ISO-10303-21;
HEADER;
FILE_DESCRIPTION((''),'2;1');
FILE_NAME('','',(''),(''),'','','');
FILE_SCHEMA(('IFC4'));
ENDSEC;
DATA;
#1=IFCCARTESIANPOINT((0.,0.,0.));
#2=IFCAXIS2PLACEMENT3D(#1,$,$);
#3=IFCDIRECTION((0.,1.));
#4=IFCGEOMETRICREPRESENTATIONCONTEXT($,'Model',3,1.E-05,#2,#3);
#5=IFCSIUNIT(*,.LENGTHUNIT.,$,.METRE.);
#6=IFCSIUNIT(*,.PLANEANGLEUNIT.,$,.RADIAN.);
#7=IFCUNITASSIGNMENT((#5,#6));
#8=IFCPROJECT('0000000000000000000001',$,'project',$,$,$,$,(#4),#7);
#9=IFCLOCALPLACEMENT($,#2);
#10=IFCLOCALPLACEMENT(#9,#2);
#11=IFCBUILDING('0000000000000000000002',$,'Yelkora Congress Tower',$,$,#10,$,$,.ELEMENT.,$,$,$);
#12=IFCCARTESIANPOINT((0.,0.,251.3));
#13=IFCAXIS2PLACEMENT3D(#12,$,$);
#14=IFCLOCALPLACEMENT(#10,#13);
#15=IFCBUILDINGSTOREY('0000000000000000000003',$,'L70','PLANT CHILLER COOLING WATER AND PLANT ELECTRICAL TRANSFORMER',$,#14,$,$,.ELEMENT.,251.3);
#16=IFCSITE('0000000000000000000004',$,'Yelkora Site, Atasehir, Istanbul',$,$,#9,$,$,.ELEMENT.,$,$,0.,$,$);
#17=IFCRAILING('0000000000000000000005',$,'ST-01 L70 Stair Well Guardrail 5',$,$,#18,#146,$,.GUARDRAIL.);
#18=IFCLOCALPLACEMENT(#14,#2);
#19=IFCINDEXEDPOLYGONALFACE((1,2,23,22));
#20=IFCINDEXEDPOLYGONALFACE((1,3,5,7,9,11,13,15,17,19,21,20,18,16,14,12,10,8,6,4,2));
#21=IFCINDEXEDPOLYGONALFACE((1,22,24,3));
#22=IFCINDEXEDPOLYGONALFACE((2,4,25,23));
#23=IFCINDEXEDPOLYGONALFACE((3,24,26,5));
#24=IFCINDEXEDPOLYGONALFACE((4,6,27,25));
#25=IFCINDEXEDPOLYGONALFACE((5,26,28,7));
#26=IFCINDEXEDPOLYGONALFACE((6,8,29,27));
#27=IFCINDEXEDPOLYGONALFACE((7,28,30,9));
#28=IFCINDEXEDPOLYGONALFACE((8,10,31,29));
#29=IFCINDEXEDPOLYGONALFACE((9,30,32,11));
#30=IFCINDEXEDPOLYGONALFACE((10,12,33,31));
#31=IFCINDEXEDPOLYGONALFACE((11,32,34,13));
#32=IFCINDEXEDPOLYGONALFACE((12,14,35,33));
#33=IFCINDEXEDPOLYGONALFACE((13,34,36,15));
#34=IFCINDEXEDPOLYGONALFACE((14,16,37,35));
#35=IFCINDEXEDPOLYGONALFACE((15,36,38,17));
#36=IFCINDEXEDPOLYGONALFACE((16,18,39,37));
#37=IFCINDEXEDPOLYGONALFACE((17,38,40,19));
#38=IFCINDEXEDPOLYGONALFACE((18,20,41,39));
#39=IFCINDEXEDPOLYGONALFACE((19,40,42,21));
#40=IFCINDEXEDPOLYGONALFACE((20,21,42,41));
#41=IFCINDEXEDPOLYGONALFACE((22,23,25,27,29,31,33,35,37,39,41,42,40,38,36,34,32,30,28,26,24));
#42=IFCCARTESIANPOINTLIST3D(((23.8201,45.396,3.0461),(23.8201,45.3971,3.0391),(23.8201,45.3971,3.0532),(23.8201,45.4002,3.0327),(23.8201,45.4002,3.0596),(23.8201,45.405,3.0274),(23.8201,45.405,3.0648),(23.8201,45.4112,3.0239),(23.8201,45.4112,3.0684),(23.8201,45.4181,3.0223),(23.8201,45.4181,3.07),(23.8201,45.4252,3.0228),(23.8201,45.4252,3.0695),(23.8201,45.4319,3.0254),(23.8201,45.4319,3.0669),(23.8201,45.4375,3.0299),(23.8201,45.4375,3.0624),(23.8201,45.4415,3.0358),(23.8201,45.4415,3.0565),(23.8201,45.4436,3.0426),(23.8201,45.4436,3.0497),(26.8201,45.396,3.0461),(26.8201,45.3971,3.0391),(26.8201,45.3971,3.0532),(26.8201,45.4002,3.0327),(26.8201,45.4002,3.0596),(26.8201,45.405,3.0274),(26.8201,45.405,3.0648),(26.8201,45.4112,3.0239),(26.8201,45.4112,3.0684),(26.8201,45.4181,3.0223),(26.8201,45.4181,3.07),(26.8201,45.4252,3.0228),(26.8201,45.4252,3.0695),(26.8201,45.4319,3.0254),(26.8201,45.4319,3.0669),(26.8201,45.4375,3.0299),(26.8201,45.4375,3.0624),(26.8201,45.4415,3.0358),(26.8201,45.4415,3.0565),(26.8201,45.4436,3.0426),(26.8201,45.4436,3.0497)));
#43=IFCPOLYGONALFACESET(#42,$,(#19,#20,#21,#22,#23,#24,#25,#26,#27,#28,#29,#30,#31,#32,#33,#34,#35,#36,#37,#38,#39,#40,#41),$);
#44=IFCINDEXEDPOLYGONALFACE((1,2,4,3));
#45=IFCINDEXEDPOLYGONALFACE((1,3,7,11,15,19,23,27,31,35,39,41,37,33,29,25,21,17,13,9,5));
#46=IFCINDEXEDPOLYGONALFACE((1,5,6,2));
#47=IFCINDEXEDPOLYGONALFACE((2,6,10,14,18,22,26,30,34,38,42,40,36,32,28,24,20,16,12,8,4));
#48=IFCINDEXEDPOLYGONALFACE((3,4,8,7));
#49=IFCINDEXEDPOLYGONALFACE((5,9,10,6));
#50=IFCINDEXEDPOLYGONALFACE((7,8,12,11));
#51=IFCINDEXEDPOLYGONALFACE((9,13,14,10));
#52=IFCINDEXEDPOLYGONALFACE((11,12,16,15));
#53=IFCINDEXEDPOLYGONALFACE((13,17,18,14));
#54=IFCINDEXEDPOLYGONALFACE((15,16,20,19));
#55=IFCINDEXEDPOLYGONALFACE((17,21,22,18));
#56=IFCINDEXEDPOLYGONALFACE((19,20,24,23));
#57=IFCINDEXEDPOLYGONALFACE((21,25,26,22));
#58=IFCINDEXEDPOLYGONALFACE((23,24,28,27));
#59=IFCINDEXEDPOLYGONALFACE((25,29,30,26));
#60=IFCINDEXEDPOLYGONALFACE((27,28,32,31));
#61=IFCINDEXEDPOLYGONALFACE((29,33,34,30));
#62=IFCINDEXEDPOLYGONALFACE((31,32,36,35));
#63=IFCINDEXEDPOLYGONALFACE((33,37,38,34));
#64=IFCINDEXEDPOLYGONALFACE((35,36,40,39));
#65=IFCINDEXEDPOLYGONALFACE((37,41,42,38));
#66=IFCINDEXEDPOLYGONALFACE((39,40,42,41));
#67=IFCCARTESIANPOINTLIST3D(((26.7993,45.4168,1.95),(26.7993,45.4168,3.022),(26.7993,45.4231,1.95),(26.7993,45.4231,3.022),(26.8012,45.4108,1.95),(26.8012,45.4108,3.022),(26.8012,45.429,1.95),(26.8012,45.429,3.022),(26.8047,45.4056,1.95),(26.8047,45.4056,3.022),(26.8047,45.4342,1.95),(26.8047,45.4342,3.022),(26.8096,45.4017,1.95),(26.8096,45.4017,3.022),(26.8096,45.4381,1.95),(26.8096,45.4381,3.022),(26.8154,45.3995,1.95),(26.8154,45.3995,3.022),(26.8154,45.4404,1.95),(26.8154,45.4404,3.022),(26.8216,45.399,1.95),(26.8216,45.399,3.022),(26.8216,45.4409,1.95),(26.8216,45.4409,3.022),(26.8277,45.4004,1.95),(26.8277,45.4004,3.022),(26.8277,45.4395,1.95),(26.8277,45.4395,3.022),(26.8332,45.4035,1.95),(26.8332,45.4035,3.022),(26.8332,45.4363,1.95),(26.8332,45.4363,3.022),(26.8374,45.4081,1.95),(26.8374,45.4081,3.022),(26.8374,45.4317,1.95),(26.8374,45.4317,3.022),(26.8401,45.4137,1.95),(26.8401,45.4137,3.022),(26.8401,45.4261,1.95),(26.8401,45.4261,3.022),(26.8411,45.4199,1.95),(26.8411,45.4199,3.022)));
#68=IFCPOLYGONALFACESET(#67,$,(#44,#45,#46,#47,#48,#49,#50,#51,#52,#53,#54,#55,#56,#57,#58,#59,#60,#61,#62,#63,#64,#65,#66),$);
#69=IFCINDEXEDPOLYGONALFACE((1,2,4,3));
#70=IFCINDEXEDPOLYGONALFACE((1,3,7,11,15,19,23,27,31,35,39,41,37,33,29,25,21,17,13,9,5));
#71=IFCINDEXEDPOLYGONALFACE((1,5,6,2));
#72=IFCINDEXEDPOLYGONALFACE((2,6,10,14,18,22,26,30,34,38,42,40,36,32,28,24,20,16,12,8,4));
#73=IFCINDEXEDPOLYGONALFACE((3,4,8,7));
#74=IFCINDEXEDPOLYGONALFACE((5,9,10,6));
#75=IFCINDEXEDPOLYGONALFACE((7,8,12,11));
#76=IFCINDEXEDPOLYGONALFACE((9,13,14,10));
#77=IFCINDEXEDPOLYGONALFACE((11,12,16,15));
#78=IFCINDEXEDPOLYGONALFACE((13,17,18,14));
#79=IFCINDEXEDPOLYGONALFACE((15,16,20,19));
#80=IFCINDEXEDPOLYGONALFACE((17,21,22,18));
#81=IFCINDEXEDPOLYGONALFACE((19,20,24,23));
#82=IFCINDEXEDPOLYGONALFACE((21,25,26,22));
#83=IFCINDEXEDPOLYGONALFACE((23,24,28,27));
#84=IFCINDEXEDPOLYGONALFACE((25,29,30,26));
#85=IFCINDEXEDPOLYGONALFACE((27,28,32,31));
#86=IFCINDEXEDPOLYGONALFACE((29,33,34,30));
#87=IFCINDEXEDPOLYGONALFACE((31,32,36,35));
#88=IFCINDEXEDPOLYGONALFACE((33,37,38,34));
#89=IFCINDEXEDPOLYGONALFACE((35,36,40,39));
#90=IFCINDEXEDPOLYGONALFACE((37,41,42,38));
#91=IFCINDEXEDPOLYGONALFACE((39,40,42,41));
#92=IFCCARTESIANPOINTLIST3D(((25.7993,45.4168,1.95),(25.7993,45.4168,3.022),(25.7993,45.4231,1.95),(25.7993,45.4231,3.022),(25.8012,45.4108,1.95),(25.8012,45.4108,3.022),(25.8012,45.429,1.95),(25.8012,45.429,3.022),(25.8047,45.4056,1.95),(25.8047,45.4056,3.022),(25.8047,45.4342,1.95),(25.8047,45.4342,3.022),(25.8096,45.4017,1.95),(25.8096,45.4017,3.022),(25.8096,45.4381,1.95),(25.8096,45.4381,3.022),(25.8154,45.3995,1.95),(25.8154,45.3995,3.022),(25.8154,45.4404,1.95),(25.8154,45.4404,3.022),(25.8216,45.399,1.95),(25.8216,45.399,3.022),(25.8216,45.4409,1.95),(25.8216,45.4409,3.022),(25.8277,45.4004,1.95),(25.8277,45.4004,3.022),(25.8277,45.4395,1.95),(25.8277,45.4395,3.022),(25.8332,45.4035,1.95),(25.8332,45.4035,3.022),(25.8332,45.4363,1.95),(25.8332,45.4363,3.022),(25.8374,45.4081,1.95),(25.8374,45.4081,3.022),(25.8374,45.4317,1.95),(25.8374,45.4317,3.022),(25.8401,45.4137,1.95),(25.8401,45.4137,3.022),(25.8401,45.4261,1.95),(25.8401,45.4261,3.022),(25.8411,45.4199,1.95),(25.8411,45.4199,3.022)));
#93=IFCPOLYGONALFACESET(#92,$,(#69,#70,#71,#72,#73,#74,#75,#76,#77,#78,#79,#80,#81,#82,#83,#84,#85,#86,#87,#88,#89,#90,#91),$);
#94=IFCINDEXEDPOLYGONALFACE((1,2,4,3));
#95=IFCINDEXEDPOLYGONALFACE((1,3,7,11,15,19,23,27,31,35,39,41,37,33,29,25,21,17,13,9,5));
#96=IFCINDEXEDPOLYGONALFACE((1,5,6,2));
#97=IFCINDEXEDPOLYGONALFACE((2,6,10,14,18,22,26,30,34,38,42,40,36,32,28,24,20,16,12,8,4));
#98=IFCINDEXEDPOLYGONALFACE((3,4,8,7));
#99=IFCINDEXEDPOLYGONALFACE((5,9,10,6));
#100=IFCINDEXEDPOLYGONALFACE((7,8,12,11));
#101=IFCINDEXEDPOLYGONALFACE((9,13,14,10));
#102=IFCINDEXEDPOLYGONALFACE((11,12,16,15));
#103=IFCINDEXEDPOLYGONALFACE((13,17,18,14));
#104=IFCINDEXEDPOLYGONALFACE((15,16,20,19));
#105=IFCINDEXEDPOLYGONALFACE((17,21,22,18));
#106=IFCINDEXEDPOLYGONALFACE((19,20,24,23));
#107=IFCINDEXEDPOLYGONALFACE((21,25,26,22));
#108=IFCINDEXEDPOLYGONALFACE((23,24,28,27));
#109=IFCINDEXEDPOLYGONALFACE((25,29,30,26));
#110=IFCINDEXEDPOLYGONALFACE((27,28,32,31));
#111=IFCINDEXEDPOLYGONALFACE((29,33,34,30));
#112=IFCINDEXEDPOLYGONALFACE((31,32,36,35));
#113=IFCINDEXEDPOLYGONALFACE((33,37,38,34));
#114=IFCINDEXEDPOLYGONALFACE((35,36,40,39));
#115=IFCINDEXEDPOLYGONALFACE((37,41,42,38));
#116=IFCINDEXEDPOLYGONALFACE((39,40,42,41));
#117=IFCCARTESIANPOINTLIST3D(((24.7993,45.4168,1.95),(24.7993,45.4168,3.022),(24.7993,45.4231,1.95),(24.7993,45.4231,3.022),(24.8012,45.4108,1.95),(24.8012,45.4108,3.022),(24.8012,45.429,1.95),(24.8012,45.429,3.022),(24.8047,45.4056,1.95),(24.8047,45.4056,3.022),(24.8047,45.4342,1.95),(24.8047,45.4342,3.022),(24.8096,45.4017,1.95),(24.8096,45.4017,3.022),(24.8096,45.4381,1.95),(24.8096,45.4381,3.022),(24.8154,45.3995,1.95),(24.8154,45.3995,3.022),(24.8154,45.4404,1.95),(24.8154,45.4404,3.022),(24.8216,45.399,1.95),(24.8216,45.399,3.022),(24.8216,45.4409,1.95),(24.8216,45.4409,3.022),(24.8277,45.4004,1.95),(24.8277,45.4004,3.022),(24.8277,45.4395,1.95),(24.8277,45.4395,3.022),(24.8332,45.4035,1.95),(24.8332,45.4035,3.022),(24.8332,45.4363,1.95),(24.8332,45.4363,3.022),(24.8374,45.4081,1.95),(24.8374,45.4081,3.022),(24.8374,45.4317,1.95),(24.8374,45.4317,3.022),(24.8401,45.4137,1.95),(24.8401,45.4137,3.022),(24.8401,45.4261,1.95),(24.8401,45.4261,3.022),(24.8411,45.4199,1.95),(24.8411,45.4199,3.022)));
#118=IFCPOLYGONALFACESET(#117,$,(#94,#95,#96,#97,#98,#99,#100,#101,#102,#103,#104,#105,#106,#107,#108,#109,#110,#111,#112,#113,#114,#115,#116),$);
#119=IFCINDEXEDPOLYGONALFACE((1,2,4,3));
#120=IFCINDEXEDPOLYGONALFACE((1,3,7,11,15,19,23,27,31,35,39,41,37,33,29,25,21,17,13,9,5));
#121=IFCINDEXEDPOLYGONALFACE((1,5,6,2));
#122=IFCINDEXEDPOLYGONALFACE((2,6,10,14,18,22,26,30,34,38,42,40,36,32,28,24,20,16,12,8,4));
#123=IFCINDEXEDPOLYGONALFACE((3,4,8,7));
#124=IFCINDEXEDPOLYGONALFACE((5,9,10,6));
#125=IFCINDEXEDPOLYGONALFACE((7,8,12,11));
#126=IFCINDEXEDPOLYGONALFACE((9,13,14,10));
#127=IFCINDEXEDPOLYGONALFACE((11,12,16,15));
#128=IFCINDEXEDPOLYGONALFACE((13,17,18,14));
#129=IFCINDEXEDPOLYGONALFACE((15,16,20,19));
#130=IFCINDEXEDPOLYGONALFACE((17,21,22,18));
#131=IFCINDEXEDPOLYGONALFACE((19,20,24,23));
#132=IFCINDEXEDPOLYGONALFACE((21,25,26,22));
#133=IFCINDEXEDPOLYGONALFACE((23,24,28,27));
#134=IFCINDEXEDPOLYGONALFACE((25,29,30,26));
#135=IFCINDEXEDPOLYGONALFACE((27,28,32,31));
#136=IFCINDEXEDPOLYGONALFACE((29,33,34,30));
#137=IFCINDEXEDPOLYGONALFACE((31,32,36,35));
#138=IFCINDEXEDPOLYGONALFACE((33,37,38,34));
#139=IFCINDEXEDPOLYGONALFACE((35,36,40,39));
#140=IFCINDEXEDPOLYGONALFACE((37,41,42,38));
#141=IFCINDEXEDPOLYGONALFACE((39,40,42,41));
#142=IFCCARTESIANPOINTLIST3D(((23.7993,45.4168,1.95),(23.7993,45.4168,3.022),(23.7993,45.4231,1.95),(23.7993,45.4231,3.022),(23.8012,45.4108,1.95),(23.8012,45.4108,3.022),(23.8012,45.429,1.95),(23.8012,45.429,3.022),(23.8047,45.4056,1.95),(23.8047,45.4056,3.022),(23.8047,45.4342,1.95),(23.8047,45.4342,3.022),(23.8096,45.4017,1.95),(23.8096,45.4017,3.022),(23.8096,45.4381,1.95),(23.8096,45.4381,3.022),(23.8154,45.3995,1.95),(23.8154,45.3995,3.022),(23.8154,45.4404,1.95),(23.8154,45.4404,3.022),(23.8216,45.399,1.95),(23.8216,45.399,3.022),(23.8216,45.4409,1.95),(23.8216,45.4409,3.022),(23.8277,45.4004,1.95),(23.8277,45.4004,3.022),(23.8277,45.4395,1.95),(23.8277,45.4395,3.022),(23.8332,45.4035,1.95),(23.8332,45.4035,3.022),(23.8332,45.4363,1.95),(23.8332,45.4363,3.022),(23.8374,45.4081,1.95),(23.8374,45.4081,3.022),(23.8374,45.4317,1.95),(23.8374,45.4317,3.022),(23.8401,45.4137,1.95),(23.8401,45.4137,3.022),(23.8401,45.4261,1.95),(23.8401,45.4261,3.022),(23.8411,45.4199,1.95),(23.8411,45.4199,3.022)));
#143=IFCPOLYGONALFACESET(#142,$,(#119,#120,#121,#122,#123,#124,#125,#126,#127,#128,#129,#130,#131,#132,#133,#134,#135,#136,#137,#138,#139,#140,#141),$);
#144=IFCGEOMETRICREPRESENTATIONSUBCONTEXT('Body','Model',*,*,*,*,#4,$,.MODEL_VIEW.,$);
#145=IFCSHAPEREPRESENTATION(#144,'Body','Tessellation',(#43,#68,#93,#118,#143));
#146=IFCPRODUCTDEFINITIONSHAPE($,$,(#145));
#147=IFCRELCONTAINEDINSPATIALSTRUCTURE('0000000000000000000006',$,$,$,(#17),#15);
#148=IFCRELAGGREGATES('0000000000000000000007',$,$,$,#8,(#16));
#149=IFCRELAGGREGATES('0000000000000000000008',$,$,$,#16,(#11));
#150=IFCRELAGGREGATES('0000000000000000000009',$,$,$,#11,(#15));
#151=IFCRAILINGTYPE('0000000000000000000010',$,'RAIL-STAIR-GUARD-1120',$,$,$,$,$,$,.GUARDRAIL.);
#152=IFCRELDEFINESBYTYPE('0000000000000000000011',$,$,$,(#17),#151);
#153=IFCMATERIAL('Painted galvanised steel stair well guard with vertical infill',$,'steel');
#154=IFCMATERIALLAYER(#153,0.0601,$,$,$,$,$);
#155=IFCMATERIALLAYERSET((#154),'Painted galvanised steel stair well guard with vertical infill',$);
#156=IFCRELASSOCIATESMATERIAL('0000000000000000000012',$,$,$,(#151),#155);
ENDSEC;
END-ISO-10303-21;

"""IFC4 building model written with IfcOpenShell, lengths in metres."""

from ifc_helpers import new_model, si_unit, direction, frame, origin, origin_2d, place, context, subcontext, project, spatial, circle, extrude, material, layer, layer_set, type_object, element, save


model = new_model("IFC4")

# Units and contexts
model_context = context("Model", 3, precision=1e-05, world=origin(), true_north=direction((0.0, 1.0)))
body_context = subcontext(model_context, "Body", "Model", "MODEL_VIEW")
ifc_project = project(units=[si_unit("LENGTHUNIT", "METRE"), si_unit("PLANEANGLEUNIT", "RADIAN")], contexts=[model_context])

# Site, building, storey
site_placement = place(None, origin())
site = spatial("IfcSite", under=ifc_project, at=site_placement, Name="Yelkora Site, Atasehir, Istanbul", CompositionType="ELEMENT", RefElevation=0.0)
building_placement = place(site_placement, origin())
building = spatial("IfcBuilding", under=site, at=building_placement, Name="Yelkora Congress Tower", CompositionType="ELEMENT")
storey_placement = place(building_placement, frame((0.0, 0.0, 251.3)))
storey = spatial("IfcBuildingStorey", under=building, at=storey_placement, Name="L70", Description="PLANT CHILLER COOLING WATER AND PLANT ELECTRICAL TRANSFORMER", CompositionType="ELEMENT", Elevation=251.3)

# Railing
ifc_material_1 = material(Name="Painted galvanised steel stair well guard with vertical infill", Category="steel")
ifc_layer_1 = layer(ifc_material_1, 0.0601)
ifc_layer_set_1 = layer_set([ifc_layer_1], Name="Painted galvanised steel stair well guard with vertical infill")
railing_type_1 = type_object("IfcRailingType", Name="RAIL-STAIR-GUARD-1120", PredefinedType="GUARDRAIL", material=ifc_layer_set_1)
railing_1_placement = place(storey_placement, frame((26.8201, 45.4199, 1.95)))
element("IfcRailing", 1, at=railing_1_placement, inside=storey, type_object=railing_type_1, Name="ST-01 L70 Stair Well Guardrail 5", PredefinedType="GUARDRAIL", context=body_context, shape_type="SweptSolid", body=[
    extrude(circle(Radius=0.0239, at=origin_2d()), frame((0.0, 0.0, 1.0962), z_axis=(-1.0, 0.0, 0.0), x_axis=(0.0, -1.0, 0.0)), (0.0, 0.0, 1.0), 3.0),
    extrude(circle(Radius=0.021, at=origin_2d()), origin(), (0.0, 0.0, 1.0), 1.072),
    extrude(circle(Radius=0.021, at=origin_2d()), frame((-1.0, 0.0, 0.0)), (0.0, 0.0, 1.0), 1.072),
    extrude(circle(Radius=0.021, at=origin_2d()), frame((-2.0, 0.0, 0.0)), (0.0, 0.0, 1.0), 1.072),
    extrude(circle(Radius=0.021, at=origin_2d()), frame((-3.0, 0.0, 0.0)), (0.0, 0.0, 1.0), 1.072),
])

save(model, "model.ifc")
